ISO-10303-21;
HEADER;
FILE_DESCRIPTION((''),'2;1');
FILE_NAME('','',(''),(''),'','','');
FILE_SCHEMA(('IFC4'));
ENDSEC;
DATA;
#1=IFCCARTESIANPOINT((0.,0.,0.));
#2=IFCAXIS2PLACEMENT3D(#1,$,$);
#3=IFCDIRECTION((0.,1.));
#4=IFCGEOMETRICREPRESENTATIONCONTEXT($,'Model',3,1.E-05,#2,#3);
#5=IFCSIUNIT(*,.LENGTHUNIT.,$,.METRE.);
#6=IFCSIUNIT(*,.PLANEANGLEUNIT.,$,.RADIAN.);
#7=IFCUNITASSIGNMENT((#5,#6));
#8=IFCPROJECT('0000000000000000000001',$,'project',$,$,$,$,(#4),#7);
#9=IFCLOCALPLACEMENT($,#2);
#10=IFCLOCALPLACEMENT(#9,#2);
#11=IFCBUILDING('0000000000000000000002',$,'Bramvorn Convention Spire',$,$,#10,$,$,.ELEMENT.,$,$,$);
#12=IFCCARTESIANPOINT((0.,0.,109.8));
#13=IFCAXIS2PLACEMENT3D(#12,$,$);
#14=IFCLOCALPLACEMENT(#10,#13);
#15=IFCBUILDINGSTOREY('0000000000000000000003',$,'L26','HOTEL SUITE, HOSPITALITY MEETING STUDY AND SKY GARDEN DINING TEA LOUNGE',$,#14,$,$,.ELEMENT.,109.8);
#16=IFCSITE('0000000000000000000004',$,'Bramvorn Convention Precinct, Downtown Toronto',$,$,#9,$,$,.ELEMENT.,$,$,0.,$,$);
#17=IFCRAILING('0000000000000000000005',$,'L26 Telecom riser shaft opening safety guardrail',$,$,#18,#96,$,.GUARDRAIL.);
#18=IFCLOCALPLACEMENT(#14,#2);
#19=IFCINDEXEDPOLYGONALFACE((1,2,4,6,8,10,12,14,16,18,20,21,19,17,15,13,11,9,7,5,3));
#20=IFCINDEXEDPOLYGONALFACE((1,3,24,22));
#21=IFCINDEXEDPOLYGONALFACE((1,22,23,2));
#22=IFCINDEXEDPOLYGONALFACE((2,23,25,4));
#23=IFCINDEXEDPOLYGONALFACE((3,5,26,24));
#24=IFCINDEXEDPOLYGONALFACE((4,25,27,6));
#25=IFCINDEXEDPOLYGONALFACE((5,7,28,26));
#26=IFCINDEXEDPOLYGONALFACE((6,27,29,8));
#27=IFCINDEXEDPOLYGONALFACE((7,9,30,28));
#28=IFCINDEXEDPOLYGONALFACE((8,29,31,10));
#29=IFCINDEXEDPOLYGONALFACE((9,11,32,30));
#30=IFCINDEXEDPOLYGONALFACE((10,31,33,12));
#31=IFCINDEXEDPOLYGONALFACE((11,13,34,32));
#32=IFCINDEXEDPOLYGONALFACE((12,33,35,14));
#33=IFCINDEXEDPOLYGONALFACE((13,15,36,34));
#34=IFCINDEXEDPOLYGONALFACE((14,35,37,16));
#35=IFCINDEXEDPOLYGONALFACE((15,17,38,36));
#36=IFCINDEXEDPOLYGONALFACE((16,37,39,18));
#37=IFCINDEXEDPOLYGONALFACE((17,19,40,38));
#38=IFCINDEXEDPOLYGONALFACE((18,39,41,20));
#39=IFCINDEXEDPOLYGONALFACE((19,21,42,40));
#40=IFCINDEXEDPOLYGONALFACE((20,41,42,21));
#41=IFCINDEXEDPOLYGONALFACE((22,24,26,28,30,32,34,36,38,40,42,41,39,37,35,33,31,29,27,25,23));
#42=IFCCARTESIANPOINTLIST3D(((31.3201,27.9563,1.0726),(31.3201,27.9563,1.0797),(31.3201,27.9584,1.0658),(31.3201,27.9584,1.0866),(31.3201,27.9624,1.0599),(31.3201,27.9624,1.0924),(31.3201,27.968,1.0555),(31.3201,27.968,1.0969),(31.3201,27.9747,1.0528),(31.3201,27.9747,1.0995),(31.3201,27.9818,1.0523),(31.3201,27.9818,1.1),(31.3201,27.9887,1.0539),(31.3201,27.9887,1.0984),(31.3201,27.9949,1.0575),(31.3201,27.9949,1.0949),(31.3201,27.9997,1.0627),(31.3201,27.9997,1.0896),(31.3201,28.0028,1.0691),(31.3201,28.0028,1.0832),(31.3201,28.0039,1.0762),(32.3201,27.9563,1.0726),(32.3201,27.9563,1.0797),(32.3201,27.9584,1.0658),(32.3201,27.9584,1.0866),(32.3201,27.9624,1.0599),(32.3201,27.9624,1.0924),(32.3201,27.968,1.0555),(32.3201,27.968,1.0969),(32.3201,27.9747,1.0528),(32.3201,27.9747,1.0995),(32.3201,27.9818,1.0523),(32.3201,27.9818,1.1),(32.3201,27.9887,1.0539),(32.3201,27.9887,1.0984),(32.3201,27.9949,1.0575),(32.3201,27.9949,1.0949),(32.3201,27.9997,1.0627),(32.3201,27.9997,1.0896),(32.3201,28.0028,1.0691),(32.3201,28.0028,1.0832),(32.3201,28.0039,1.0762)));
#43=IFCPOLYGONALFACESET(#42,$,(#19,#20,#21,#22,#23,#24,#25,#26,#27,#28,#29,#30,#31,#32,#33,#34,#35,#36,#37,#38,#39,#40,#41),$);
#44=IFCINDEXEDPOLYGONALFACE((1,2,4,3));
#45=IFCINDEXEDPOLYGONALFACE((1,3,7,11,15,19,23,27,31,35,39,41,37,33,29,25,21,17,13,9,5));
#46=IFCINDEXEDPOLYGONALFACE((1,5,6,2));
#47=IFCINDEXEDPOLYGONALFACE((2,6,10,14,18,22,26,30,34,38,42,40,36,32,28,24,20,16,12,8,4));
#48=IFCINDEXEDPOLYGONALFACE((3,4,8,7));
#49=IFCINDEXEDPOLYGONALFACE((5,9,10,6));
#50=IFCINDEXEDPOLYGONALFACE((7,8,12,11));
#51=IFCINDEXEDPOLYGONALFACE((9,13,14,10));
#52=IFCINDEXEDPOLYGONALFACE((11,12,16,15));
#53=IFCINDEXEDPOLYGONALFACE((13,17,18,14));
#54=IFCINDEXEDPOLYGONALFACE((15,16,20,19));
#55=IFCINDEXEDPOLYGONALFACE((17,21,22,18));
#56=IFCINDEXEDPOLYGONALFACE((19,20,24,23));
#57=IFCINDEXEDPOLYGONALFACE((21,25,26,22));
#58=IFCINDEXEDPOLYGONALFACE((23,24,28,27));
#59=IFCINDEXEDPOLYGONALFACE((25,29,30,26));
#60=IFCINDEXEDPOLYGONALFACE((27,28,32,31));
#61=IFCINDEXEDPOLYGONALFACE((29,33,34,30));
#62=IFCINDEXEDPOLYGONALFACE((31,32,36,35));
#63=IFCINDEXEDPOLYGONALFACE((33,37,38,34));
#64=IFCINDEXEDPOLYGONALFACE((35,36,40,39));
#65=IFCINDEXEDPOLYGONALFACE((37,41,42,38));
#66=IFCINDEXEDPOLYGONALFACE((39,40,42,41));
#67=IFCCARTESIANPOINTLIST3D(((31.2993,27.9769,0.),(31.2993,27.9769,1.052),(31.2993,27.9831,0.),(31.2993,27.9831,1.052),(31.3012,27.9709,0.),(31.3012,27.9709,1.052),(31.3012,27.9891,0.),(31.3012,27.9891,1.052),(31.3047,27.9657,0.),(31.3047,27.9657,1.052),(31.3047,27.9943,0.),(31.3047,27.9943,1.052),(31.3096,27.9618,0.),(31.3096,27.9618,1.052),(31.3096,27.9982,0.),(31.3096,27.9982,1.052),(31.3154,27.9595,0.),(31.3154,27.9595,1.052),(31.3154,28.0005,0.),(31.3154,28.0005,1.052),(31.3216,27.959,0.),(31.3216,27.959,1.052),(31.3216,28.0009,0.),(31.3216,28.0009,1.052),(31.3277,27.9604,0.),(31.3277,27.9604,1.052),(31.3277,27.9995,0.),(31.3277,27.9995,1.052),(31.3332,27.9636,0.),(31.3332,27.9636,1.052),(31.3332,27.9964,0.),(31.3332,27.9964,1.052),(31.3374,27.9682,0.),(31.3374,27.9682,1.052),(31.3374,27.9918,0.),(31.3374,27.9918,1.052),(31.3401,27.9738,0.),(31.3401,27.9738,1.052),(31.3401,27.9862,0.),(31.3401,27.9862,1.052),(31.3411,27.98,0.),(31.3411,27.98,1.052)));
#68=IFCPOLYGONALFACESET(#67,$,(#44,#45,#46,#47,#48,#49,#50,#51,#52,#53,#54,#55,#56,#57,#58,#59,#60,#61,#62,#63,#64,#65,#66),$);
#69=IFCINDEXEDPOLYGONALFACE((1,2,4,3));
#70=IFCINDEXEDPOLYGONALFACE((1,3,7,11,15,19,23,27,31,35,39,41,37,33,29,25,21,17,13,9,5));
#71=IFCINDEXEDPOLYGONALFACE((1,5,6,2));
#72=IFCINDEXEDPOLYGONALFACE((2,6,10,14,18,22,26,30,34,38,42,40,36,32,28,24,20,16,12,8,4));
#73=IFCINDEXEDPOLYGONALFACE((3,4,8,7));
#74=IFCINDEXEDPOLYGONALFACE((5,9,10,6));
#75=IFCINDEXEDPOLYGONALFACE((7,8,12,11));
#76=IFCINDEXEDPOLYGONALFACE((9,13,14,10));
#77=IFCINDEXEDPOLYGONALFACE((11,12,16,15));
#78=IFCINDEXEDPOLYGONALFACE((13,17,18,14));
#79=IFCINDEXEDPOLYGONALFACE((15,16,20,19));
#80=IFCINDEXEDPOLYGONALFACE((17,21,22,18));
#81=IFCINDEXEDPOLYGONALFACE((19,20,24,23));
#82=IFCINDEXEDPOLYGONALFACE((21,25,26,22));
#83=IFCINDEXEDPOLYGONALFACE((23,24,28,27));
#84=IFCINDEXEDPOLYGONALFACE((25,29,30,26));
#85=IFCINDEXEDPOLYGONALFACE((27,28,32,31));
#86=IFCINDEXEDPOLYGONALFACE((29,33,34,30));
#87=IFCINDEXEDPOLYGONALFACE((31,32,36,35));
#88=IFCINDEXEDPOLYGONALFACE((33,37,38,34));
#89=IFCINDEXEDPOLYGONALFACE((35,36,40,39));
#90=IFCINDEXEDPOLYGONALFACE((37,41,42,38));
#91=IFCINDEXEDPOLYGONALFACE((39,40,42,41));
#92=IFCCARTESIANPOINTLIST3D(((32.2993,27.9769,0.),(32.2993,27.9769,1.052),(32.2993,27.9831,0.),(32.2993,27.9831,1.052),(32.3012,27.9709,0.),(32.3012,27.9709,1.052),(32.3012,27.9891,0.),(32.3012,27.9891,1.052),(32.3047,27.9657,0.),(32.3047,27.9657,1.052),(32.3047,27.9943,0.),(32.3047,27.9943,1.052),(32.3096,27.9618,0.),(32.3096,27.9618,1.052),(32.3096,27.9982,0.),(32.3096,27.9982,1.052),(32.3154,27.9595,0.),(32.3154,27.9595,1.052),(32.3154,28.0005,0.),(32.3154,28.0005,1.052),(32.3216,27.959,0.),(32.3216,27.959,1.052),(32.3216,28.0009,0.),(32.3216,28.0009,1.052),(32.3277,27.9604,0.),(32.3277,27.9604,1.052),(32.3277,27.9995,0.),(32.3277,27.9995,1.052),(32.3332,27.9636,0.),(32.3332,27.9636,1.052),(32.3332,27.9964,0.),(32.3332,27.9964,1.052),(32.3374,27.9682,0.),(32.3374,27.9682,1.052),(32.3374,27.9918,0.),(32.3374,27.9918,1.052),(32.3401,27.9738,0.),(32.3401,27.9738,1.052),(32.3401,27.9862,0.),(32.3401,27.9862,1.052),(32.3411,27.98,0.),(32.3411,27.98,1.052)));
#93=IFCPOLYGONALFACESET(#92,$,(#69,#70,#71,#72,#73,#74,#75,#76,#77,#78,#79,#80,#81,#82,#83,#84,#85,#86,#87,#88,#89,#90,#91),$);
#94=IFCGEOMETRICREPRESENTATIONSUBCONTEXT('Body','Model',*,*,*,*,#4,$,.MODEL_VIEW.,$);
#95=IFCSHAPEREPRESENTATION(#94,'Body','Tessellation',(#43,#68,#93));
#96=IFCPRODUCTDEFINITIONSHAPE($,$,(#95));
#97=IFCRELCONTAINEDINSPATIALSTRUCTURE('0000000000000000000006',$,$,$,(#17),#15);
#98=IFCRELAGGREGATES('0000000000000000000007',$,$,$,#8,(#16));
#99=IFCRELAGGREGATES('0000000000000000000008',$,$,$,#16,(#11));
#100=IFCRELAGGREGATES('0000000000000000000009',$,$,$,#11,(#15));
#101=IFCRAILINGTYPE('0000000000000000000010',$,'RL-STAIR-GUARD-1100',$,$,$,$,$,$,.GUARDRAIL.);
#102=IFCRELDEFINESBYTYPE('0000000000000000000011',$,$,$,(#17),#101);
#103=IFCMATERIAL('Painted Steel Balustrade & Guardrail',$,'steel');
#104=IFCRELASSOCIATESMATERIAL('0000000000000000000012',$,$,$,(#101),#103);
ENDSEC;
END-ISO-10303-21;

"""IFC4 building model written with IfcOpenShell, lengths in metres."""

from ifc_helpers import new_model, si_unit, direction, frame, origin, origin_2d, place, context, subcontext, project, spatial, circle, extrude, material, type_object, element, save


model = new_model("IFC4")

# Units and contexts
model_context = context("Model", 3, precision=1e-05, world=origin(), true_north=direction((0.0, 1.0)))
body_context = subcontext(model_context, "Body", "Model", "MODEL_VIEW")
ifc_project = project(units=[si_unit("LENGTHUNIT", "METRE"), si_unit("PLANEANGLEUNIT", "RADIAN")], contexts=[model_context])

# Site, building, storey
site_placement = place(None, origin())
site = spatial("IfcSite", under=ifc_project, at=site_placement, Name="Bramvorn Convention Precinct, Downtown Toronto", CompositionType="ELEMENT", RefElevation=0.0)
building_placement = place(site_placement, origin())
building = spatial("IfcBuilding", under=site, at=building_placement, Name="Bramvorn Convention Spire", CompositionType="ELEMENT")
storey_placement = place(building_placement, frame((0.0, 0.0, 109.8)))
storey = spatial("IfcBuildingStorey", under=building, at=storey_placement, Name="L26", Description="HOTEL SUITE, HOSPITALITY MEETING STUDY AND SKY GARDEN DINING TEA LOUNGE", CompositionType="ELEMENT", Elevation=109.8)

# Railing
ifc_material_1 = material(Name="Painted Steel Balustrade & Guardrail", Category="steel")
railing_type = type_object("IfcRailingType", Name="RL-STAIR-GUARD-1100", PredefinedType="GUARDRAIL", material=ifc_material_1)
railing_1_placement = place(storey_placement, frame((31.3201, 27.98, 0.0)))
element("IfcRailing", 1, at=railing_1_placement, inside=storey, type_object=railing_type, Name="L26 Telecom riser shaft opening safety guardrail", PredefinedType="GUARDRAIL", context=body_context, shape_type="SweptSolid", body=[
    extrude(circle(Radius=0.0239, at=origin_2d()), frame((0.0, 0.0, 1.0762), z_axis=(1.0, 0.0, 0.0), x_axis=(0.0, 1.0, 0.0)), (0.0, 0.0, 1.0), 1.0),
    extrude(circle(Radius=0.021, at=origin_2d()), origin(), (0.0, 0.0, 1.0), 1.052),
    extrude(circle(Radius=0.021, at=origin_2d()), frame((1.0, 0.0, 0.0)), (0.0, 0.0, 1.0), 1.052),
])

save(model, "model.ifc")
